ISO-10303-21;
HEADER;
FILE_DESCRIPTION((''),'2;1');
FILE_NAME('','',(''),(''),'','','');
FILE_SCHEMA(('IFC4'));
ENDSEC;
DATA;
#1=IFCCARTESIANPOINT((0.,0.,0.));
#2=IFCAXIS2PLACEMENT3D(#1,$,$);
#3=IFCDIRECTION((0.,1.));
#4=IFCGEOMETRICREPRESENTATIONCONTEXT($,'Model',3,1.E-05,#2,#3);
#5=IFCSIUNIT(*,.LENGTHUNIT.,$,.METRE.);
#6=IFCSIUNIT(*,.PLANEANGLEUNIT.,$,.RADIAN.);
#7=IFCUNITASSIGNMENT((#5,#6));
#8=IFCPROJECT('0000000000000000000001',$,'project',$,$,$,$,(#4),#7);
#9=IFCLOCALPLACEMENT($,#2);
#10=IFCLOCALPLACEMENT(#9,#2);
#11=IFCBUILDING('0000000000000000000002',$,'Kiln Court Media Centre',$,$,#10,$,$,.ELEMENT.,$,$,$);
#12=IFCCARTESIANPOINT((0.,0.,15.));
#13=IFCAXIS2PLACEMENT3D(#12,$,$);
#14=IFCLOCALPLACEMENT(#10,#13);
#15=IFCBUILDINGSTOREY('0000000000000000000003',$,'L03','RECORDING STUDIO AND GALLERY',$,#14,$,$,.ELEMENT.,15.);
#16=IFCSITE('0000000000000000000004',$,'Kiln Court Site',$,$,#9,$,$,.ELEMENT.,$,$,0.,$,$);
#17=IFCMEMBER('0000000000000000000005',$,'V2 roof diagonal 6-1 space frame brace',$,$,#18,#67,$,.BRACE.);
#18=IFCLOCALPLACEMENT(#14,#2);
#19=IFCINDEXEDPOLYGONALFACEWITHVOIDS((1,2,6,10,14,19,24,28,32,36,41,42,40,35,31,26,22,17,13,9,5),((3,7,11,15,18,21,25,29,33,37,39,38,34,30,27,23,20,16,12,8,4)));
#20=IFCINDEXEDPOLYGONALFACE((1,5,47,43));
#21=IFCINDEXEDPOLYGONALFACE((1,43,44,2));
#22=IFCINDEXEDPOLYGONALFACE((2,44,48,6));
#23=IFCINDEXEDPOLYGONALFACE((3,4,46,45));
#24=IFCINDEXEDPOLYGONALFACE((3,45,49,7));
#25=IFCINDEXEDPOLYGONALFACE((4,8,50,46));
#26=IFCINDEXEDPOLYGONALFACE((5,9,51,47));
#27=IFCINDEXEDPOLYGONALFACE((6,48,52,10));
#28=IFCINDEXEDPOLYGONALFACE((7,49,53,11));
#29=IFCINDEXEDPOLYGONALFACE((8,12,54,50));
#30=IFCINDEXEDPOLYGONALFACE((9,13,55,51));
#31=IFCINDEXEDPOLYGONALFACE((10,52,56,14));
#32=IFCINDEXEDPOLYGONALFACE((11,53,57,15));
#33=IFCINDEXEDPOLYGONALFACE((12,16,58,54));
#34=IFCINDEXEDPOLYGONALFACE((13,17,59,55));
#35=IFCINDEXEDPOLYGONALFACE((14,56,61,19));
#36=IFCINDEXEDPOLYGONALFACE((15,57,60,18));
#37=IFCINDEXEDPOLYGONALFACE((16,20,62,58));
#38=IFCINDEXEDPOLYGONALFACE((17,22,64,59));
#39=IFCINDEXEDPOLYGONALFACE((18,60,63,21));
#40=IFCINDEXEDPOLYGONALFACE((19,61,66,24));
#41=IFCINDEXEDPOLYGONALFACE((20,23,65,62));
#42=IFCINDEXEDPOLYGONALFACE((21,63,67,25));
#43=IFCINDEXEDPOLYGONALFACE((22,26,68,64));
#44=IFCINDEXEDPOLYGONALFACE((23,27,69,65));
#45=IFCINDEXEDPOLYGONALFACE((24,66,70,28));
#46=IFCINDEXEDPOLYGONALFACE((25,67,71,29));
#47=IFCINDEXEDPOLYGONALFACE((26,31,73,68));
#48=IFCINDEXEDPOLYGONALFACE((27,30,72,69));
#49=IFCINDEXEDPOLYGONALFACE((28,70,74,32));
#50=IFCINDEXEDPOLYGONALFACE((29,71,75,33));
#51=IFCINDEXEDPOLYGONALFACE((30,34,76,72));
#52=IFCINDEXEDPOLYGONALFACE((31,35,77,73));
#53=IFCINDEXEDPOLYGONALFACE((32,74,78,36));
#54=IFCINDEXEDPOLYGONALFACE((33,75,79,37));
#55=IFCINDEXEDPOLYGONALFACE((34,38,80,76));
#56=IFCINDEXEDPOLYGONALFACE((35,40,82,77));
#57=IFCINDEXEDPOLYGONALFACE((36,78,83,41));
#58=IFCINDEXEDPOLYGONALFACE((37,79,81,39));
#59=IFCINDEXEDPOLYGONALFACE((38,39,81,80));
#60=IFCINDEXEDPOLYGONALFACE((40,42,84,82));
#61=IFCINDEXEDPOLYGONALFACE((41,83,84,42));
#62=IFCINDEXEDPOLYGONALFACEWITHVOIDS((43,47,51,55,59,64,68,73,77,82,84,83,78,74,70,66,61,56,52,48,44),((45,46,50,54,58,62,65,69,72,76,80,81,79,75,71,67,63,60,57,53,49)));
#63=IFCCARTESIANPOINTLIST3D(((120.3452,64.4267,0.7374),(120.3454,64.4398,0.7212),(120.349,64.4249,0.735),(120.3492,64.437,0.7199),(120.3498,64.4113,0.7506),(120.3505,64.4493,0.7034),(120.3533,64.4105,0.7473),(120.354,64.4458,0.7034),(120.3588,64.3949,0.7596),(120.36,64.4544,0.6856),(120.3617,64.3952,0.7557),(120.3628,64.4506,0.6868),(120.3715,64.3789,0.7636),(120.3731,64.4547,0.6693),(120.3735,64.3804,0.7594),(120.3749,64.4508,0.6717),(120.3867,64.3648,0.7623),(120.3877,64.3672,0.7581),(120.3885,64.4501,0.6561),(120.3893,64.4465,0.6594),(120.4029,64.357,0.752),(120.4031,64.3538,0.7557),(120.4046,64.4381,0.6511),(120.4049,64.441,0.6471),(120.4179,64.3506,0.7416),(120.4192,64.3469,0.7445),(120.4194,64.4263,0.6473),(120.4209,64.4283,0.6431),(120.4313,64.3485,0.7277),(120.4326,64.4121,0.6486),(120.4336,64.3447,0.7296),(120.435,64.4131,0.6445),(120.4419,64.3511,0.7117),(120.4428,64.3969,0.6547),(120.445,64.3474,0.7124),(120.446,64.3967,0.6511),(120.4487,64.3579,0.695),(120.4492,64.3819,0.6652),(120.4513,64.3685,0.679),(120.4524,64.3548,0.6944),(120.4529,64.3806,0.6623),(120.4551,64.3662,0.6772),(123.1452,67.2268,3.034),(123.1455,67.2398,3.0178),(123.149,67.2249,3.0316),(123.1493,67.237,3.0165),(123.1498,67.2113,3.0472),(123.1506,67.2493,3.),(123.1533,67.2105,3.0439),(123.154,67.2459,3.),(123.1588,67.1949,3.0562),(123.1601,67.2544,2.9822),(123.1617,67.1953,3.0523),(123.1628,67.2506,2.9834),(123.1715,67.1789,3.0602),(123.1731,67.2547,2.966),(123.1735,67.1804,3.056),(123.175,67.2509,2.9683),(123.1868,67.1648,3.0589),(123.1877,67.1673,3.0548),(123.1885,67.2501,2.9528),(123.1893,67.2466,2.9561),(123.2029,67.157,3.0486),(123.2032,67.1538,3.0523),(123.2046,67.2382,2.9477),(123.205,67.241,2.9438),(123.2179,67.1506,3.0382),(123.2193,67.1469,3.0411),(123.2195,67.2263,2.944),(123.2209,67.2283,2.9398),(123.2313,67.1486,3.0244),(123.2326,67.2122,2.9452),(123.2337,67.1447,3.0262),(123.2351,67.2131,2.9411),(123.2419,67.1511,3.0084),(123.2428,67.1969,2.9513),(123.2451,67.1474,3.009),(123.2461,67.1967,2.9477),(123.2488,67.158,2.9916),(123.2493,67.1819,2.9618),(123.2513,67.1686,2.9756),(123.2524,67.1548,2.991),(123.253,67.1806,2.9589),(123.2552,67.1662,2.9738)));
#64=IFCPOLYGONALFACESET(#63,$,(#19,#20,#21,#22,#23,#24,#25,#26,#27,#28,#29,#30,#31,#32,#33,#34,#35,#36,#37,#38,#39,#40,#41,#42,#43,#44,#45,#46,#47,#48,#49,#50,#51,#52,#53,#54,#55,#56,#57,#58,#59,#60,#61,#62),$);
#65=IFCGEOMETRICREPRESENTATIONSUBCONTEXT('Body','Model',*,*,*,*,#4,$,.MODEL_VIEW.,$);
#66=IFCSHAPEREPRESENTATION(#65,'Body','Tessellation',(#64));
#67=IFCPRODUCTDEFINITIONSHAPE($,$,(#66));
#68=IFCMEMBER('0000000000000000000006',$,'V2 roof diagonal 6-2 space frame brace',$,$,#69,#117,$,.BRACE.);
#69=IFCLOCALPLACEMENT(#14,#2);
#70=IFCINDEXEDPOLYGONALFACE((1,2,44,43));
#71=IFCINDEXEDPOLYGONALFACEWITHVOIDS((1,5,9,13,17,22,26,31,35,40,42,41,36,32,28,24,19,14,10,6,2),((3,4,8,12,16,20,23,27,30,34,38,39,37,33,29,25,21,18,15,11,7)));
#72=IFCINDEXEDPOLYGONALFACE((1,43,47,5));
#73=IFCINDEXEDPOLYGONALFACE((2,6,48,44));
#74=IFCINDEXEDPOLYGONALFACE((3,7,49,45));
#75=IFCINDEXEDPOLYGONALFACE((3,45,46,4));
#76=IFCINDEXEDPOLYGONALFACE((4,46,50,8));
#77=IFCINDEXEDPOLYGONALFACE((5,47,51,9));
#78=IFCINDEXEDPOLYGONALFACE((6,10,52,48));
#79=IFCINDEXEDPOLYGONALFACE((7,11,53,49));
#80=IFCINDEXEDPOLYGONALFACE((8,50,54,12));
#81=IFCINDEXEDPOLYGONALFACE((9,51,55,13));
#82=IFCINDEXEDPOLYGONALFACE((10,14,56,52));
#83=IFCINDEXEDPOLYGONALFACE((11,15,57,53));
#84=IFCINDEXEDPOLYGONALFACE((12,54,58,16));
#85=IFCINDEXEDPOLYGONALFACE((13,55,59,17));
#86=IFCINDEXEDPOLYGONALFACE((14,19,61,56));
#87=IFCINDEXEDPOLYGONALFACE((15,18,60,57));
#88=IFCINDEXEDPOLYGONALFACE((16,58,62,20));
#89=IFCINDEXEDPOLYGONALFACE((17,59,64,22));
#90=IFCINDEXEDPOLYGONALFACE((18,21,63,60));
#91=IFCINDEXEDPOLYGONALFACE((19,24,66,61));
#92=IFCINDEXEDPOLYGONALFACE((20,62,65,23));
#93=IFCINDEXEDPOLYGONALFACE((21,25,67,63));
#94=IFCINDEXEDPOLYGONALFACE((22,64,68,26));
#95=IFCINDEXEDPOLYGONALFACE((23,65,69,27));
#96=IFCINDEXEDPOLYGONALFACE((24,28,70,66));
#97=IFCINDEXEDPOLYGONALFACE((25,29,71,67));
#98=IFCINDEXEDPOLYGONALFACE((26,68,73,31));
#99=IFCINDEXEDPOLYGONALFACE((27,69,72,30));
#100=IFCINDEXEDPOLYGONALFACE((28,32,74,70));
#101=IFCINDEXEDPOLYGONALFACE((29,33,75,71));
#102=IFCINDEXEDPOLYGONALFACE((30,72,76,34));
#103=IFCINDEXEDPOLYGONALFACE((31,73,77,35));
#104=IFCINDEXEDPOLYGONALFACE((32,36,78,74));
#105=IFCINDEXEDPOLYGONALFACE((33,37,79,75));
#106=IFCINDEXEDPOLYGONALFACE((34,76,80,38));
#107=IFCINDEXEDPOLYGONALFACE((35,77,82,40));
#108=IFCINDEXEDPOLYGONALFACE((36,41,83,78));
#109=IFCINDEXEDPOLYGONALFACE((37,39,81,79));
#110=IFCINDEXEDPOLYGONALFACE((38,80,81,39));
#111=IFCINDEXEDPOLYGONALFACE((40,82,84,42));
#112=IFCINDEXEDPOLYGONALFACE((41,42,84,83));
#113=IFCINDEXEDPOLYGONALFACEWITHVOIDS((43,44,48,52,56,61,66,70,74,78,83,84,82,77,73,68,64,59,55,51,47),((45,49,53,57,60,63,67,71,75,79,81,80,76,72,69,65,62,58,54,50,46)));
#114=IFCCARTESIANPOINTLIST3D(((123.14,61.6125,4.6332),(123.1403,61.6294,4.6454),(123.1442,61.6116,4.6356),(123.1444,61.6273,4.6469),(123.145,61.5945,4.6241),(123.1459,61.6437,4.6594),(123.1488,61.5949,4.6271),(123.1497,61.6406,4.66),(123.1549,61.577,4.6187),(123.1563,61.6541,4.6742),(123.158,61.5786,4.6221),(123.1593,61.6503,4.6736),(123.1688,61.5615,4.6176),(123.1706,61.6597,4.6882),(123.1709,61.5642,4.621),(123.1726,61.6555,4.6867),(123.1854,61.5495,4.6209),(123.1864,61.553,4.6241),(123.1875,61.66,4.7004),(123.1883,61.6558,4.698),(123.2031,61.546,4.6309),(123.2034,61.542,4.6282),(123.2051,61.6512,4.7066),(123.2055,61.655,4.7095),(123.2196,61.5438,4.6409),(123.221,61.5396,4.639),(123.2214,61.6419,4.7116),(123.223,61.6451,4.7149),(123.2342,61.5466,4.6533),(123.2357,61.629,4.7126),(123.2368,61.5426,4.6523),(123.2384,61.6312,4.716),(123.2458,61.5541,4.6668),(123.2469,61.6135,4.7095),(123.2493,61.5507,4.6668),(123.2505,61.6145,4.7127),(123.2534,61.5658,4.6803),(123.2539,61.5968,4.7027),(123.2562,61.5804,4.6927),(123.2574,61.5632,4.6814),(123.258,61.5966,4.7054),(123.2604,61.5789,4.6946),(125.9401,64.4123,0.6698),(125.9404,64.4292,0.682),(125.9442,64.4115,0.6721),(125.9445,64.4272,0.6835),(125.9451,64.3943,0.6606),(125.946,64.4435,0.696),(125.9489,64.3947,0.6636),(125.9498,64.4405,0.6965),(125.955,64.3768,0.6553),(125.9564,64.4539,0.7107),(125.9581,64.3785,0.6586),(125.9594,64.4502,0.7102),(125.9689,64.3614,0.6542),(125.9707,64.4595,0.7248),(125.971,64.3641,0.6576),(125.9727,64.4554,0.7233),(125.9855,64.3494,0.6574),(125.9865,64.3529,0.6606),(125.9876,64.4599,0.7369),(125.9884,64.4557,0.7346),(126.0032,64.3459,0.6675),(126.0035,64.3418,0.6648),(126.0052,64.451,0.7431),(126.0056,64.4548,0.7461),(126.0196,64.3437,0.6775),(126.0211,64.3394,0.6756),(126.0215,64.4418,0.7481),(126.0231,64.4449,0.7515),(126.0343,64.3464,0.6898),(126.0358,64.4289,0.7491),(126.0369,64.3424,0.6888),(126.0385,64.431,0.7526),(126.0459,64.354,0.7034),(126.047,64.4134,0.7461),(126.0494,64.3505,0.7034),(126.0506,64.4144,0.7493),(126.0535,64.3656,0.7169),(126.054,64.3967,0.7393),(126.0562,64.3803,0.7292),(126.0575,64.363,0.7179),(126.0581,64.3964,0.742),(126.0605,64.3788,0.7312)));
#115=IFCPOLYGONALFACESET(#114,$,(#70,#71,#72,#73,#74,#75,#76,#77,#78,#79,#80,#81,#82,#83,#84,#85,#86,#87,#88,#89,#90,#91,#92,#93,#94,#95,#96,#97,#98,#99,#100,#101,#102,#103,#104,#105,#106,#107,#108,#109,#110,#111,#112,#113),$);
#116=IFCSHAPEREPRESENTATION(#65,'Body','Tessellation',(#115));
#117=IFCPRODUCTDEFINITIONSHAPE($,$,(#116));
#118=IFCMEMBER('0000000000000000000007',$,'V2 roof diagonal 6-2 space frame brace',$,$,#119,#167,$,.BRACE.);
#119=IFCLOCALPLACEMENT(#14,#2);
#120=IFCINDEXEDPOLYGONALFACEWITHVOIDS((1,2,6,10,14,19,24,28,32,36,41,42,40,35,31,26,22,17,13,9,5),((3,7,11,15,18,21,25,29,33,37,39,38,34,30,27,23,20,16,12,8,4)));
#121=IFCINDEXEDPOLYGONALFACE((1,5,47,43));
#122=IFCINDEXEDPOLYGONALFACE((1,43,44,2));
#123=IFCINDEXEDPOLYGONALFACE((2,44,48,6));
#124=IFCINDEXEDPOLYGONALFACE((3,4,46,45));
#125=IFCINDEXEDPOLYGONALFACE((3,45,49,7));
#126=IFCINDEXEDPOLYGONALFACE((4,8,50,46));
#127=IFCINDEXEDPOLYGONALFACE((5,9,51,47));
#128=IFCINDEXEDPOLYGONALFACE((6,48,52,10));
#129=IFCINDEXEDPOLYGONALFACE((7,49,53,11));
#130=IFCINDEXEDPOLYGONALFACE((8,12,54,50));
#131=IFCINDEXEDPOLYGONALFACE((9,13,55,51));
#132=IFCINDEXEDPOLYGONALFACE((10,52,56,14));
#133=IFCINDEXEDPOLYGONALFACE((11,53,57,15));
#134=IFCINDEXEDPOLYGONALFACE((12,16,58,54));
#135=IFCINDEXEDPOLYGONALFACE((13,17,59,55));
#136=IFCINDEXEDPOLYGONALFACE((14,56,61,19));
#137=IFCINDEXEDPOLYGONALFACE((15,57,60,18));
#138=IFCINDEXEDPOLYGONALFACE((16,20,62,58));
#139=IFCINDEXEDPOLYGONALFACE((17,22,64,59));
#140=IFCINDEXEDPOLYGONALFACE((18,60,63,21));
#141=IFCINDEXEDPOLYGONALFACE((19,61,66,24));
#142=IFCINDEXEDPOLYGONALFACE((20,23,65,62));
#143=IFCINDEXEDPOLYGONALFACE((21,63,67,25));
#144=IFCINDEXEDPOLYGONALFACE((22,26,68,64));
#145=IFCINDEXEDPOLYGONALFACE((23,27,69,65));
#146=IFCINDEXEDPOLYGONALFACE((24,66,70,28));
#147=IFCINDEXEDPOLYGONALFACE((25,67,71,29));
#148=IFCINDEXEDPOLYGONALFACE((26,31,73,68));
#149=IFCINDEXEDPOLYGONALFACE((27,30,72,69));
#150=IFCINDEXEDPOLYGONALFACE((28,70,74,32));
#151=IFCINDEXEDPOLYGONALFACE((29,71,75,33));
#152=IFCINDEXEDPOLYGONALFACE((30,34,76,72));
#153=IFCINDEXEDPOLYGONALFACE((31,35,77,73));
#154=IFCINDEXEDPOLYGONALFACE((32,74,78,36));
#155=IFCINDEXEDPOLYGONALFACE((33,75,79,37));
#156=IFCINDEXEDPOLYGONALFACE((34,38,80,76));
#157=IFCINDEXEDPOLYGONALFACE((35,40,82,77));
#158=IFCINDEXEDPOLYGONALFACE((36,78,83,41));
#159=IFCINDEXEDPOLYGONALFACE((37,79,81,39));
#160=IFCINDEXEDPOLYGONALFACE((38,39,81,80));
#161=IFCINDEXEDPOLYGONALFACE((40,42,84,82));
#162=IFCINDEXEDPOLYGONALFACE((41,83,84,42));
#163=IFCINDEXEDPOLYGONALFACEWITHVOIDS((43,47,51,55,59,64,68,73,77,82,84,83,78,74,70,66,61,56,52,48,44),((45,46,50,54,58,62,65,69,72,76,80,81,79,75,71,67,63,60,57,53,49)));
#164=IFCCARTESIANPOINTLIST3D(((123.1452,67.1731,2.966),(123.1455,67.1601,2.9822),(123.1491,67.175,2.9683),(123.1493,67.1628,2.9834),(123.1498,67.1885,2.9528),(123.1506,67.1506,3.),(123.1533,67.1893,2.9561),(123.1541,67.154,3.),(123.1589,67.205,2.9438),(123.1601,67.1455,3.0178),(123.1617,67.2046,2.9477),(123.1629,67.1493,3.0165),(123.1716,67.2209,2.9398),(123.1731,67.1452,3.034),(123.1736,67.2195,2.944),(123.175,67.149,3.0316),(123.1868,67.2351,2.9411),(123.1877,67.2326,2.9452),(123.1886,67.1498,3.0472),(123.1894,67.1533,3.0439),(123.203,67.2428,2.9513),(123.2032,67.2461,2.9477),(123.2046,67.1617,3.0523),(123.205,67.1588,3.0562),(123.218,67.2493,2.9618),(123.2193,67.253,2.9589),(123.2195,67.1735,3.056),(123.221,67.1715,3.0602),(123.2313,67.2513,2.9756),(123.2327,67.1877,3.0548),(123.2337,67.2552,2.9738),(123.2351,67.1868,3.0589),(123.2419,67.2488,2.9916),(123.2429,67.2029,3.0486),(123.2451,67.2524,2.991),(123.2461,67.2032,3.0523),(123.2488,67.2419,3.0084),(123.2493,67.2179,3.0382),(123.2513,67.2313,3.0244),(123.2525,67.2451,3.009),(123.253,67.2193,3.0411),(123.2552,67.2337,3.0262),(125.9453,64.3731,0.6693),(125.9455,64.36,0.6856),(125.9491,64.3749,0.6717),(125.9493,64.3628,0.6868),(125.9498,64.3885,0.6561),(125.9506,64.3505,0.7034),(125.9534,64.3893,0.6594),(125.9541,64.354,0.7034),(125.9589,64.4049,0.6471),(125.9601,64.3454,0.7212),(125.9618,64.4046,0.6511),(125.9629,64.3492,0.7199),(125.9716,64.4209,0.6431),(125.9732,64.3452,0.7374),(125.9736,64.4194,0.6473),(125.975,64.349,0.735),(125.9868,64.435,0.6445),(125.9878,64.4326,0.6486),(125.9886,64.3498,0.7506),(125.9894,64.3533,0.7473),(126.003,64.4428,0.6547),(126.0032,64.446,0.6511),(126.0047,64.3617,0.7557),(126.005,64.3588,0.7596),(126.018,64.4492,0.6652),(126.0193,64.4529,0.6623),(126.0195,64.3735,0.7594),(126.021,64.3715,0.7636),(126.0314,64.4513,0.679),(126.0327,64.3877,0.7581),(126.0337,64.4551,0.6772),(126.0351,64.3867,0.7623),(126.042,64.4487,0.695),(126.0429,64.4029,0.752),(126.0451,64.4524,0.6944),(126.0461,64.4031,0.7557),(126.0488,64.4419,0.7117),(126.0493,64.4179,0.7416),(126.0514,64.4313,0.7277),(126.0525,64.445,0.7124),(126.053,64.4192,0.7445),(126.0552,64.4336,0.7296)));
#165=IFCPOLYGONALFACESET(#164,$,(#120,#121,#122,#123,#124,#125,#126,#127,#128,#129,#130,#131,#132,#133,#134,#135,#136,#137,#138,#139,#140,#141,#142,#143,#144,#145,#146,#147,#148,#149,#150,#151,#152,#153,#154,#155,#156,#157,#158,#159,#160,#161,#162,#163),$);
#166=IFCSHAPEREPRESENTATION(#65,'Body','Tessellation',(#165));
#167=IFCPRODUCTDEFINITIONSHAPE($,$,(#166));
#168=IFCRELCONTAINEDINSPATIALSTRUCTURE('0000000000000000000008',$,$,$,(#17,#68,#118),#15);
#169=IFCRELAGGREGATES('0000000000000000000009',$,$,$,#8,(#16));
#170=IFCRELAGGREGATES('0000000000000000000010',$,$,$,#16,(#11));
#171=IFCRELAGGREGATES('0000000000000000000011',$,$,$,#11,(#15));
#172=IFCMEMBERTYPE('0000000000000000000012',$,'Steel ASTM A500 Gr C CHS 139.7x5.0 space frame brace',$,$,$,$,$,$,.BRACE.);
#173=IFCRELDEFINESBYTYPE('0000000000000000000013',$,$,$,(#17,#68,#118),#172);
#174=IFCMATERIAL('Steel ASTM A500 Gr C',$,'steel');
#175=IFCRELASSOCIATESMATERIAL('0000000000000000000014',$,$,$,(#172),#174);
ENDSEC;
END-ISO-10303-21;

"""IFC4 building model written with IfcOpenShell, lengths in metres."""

from ifc_helpers import new_model, si_unit, direction, frame, origin, origin_2d, place, context, subcontext, project, spatial, hollow_circle, extrude, material, material_profile, profile_set, type_object, element, save


model = new_model("IFC4")

# Units and contexts
model_context = context("Model", 3, precision=1e-05, world=origin(), true_north=direction((0.0, 1.0)))
body_context = subcontext(model_context, "Body", "Model", "MODEL_VIEW")
ifc_project = project(units=[si_unit("LENGTHUNIT", "METRE"), si_unit("PLANEANGLEUNIT", "RADIAN")], contexts=[model_context])

# Site, building, storey
site_placement = place(None, origin())
site = spatial("IfcSite", under=ifc_project, at=site_placement, Name="Kiln Court Site", CompositionType="ELEMENT", RefElevation=0.0)
building_placement = place(site_placement, origin())
building = spatial("IfcBuilding", under=site, at=building_placement, Name="Kiln Court Media Centre", CompositionType="ELEMENT")
storey_placement = place(building_placement, frame((0.0, 0.0, 15.0)))
storey = spatial("IfcBuildingStorey", under=building, at=storey_placement, Name="L03", Description="RECORDING STUDIO AND GALLERY", CompositionType="ELEMENT", Elevation=15.0)

# Members
ifc_material_1 = material(Name="Steel ASTM A500 Gr C", Category="steel")
ifc_material_profile_1 = material_profile(ifc_material_1, hollow_circle(Radius=0.0698, WallThickness=0.0049, at=origin_2d()), Name="CHS 139.7x5.0")
ifc_profile_set_1 = profile_set([ifc_material_profile_1], Name="Steel ASTM A500 Gr C")
member_type_1 = type_object("IfcMemberType", Name="Steel ASTM A500 Gr C CHS 139.7x5.0 space frame brace", PredefinedType="BRACE", material=ifc_profile_set_1)
member_1_placement = place(storey_placement, frame((120.3999, 64.3999, 0.7034), z_axis=(0.611676, 0.611676, 0.501703), x_axis=(-0.707107, 0.707107, 0.0)))
element("IfcMember", 1, at=member_1_placement, inside=storey, type_object=member_type_1, Name="V2 roof diagonal 6-1 space frame brace", PredefinedType="BRACE", context=body_context, shape_type="SweptSolid", body=[
    extrude(hollow_circle(Radius=0.0698, WallThickness=0.0049, at=origin_2d()), origin(), (0.0, 0.0, 1.0), 4.5776),
])
member_2_placement = place(storey_placement, frame((126.0, 64.3999, 0.7034), z_axis=(-0.499789, -0.499746, 0.707436), x_axis=(0.707076, -0.707138, 0.0)))
element("IfcMember", 2, at=member_2_placement, inside=storey, type_object=member_type_1, Name="V2 roof diagonal 6-2 space frame brace", PredefinedType="BRACE", context=body_context, shape_type="SweptSolid", body=[
    extrude(hollow_circle(Radius=0.0698, WallThickness=0.0049, at=origin_2d()), origin(), (0.0, 0.0, 1.0), 5.6025),
])
member_3_placement = place(storey_placement, frame((126.0, 64.3999, 0.7034), z_axis=(-0.611676, 0.611676, 0.501703), x_axis=(-0.707107, -0.707107, 0.0)))
element("IfcMember", 3, at=member_3_placement, inside=storey, type_object=member_type_1, Name="V2 roof diagonal 6-2 space frame brace", PredefinedType="BRACE", context=body_context, shape_type="SweptSolid", body=[
    extrude(hollow_circle(Radius=0.0698, WallThickness=0.0049, at=origin_2d()), origin(), (0.0, 0.0, 1.0), 4.5776),
])

save(model, "model.ifc")
